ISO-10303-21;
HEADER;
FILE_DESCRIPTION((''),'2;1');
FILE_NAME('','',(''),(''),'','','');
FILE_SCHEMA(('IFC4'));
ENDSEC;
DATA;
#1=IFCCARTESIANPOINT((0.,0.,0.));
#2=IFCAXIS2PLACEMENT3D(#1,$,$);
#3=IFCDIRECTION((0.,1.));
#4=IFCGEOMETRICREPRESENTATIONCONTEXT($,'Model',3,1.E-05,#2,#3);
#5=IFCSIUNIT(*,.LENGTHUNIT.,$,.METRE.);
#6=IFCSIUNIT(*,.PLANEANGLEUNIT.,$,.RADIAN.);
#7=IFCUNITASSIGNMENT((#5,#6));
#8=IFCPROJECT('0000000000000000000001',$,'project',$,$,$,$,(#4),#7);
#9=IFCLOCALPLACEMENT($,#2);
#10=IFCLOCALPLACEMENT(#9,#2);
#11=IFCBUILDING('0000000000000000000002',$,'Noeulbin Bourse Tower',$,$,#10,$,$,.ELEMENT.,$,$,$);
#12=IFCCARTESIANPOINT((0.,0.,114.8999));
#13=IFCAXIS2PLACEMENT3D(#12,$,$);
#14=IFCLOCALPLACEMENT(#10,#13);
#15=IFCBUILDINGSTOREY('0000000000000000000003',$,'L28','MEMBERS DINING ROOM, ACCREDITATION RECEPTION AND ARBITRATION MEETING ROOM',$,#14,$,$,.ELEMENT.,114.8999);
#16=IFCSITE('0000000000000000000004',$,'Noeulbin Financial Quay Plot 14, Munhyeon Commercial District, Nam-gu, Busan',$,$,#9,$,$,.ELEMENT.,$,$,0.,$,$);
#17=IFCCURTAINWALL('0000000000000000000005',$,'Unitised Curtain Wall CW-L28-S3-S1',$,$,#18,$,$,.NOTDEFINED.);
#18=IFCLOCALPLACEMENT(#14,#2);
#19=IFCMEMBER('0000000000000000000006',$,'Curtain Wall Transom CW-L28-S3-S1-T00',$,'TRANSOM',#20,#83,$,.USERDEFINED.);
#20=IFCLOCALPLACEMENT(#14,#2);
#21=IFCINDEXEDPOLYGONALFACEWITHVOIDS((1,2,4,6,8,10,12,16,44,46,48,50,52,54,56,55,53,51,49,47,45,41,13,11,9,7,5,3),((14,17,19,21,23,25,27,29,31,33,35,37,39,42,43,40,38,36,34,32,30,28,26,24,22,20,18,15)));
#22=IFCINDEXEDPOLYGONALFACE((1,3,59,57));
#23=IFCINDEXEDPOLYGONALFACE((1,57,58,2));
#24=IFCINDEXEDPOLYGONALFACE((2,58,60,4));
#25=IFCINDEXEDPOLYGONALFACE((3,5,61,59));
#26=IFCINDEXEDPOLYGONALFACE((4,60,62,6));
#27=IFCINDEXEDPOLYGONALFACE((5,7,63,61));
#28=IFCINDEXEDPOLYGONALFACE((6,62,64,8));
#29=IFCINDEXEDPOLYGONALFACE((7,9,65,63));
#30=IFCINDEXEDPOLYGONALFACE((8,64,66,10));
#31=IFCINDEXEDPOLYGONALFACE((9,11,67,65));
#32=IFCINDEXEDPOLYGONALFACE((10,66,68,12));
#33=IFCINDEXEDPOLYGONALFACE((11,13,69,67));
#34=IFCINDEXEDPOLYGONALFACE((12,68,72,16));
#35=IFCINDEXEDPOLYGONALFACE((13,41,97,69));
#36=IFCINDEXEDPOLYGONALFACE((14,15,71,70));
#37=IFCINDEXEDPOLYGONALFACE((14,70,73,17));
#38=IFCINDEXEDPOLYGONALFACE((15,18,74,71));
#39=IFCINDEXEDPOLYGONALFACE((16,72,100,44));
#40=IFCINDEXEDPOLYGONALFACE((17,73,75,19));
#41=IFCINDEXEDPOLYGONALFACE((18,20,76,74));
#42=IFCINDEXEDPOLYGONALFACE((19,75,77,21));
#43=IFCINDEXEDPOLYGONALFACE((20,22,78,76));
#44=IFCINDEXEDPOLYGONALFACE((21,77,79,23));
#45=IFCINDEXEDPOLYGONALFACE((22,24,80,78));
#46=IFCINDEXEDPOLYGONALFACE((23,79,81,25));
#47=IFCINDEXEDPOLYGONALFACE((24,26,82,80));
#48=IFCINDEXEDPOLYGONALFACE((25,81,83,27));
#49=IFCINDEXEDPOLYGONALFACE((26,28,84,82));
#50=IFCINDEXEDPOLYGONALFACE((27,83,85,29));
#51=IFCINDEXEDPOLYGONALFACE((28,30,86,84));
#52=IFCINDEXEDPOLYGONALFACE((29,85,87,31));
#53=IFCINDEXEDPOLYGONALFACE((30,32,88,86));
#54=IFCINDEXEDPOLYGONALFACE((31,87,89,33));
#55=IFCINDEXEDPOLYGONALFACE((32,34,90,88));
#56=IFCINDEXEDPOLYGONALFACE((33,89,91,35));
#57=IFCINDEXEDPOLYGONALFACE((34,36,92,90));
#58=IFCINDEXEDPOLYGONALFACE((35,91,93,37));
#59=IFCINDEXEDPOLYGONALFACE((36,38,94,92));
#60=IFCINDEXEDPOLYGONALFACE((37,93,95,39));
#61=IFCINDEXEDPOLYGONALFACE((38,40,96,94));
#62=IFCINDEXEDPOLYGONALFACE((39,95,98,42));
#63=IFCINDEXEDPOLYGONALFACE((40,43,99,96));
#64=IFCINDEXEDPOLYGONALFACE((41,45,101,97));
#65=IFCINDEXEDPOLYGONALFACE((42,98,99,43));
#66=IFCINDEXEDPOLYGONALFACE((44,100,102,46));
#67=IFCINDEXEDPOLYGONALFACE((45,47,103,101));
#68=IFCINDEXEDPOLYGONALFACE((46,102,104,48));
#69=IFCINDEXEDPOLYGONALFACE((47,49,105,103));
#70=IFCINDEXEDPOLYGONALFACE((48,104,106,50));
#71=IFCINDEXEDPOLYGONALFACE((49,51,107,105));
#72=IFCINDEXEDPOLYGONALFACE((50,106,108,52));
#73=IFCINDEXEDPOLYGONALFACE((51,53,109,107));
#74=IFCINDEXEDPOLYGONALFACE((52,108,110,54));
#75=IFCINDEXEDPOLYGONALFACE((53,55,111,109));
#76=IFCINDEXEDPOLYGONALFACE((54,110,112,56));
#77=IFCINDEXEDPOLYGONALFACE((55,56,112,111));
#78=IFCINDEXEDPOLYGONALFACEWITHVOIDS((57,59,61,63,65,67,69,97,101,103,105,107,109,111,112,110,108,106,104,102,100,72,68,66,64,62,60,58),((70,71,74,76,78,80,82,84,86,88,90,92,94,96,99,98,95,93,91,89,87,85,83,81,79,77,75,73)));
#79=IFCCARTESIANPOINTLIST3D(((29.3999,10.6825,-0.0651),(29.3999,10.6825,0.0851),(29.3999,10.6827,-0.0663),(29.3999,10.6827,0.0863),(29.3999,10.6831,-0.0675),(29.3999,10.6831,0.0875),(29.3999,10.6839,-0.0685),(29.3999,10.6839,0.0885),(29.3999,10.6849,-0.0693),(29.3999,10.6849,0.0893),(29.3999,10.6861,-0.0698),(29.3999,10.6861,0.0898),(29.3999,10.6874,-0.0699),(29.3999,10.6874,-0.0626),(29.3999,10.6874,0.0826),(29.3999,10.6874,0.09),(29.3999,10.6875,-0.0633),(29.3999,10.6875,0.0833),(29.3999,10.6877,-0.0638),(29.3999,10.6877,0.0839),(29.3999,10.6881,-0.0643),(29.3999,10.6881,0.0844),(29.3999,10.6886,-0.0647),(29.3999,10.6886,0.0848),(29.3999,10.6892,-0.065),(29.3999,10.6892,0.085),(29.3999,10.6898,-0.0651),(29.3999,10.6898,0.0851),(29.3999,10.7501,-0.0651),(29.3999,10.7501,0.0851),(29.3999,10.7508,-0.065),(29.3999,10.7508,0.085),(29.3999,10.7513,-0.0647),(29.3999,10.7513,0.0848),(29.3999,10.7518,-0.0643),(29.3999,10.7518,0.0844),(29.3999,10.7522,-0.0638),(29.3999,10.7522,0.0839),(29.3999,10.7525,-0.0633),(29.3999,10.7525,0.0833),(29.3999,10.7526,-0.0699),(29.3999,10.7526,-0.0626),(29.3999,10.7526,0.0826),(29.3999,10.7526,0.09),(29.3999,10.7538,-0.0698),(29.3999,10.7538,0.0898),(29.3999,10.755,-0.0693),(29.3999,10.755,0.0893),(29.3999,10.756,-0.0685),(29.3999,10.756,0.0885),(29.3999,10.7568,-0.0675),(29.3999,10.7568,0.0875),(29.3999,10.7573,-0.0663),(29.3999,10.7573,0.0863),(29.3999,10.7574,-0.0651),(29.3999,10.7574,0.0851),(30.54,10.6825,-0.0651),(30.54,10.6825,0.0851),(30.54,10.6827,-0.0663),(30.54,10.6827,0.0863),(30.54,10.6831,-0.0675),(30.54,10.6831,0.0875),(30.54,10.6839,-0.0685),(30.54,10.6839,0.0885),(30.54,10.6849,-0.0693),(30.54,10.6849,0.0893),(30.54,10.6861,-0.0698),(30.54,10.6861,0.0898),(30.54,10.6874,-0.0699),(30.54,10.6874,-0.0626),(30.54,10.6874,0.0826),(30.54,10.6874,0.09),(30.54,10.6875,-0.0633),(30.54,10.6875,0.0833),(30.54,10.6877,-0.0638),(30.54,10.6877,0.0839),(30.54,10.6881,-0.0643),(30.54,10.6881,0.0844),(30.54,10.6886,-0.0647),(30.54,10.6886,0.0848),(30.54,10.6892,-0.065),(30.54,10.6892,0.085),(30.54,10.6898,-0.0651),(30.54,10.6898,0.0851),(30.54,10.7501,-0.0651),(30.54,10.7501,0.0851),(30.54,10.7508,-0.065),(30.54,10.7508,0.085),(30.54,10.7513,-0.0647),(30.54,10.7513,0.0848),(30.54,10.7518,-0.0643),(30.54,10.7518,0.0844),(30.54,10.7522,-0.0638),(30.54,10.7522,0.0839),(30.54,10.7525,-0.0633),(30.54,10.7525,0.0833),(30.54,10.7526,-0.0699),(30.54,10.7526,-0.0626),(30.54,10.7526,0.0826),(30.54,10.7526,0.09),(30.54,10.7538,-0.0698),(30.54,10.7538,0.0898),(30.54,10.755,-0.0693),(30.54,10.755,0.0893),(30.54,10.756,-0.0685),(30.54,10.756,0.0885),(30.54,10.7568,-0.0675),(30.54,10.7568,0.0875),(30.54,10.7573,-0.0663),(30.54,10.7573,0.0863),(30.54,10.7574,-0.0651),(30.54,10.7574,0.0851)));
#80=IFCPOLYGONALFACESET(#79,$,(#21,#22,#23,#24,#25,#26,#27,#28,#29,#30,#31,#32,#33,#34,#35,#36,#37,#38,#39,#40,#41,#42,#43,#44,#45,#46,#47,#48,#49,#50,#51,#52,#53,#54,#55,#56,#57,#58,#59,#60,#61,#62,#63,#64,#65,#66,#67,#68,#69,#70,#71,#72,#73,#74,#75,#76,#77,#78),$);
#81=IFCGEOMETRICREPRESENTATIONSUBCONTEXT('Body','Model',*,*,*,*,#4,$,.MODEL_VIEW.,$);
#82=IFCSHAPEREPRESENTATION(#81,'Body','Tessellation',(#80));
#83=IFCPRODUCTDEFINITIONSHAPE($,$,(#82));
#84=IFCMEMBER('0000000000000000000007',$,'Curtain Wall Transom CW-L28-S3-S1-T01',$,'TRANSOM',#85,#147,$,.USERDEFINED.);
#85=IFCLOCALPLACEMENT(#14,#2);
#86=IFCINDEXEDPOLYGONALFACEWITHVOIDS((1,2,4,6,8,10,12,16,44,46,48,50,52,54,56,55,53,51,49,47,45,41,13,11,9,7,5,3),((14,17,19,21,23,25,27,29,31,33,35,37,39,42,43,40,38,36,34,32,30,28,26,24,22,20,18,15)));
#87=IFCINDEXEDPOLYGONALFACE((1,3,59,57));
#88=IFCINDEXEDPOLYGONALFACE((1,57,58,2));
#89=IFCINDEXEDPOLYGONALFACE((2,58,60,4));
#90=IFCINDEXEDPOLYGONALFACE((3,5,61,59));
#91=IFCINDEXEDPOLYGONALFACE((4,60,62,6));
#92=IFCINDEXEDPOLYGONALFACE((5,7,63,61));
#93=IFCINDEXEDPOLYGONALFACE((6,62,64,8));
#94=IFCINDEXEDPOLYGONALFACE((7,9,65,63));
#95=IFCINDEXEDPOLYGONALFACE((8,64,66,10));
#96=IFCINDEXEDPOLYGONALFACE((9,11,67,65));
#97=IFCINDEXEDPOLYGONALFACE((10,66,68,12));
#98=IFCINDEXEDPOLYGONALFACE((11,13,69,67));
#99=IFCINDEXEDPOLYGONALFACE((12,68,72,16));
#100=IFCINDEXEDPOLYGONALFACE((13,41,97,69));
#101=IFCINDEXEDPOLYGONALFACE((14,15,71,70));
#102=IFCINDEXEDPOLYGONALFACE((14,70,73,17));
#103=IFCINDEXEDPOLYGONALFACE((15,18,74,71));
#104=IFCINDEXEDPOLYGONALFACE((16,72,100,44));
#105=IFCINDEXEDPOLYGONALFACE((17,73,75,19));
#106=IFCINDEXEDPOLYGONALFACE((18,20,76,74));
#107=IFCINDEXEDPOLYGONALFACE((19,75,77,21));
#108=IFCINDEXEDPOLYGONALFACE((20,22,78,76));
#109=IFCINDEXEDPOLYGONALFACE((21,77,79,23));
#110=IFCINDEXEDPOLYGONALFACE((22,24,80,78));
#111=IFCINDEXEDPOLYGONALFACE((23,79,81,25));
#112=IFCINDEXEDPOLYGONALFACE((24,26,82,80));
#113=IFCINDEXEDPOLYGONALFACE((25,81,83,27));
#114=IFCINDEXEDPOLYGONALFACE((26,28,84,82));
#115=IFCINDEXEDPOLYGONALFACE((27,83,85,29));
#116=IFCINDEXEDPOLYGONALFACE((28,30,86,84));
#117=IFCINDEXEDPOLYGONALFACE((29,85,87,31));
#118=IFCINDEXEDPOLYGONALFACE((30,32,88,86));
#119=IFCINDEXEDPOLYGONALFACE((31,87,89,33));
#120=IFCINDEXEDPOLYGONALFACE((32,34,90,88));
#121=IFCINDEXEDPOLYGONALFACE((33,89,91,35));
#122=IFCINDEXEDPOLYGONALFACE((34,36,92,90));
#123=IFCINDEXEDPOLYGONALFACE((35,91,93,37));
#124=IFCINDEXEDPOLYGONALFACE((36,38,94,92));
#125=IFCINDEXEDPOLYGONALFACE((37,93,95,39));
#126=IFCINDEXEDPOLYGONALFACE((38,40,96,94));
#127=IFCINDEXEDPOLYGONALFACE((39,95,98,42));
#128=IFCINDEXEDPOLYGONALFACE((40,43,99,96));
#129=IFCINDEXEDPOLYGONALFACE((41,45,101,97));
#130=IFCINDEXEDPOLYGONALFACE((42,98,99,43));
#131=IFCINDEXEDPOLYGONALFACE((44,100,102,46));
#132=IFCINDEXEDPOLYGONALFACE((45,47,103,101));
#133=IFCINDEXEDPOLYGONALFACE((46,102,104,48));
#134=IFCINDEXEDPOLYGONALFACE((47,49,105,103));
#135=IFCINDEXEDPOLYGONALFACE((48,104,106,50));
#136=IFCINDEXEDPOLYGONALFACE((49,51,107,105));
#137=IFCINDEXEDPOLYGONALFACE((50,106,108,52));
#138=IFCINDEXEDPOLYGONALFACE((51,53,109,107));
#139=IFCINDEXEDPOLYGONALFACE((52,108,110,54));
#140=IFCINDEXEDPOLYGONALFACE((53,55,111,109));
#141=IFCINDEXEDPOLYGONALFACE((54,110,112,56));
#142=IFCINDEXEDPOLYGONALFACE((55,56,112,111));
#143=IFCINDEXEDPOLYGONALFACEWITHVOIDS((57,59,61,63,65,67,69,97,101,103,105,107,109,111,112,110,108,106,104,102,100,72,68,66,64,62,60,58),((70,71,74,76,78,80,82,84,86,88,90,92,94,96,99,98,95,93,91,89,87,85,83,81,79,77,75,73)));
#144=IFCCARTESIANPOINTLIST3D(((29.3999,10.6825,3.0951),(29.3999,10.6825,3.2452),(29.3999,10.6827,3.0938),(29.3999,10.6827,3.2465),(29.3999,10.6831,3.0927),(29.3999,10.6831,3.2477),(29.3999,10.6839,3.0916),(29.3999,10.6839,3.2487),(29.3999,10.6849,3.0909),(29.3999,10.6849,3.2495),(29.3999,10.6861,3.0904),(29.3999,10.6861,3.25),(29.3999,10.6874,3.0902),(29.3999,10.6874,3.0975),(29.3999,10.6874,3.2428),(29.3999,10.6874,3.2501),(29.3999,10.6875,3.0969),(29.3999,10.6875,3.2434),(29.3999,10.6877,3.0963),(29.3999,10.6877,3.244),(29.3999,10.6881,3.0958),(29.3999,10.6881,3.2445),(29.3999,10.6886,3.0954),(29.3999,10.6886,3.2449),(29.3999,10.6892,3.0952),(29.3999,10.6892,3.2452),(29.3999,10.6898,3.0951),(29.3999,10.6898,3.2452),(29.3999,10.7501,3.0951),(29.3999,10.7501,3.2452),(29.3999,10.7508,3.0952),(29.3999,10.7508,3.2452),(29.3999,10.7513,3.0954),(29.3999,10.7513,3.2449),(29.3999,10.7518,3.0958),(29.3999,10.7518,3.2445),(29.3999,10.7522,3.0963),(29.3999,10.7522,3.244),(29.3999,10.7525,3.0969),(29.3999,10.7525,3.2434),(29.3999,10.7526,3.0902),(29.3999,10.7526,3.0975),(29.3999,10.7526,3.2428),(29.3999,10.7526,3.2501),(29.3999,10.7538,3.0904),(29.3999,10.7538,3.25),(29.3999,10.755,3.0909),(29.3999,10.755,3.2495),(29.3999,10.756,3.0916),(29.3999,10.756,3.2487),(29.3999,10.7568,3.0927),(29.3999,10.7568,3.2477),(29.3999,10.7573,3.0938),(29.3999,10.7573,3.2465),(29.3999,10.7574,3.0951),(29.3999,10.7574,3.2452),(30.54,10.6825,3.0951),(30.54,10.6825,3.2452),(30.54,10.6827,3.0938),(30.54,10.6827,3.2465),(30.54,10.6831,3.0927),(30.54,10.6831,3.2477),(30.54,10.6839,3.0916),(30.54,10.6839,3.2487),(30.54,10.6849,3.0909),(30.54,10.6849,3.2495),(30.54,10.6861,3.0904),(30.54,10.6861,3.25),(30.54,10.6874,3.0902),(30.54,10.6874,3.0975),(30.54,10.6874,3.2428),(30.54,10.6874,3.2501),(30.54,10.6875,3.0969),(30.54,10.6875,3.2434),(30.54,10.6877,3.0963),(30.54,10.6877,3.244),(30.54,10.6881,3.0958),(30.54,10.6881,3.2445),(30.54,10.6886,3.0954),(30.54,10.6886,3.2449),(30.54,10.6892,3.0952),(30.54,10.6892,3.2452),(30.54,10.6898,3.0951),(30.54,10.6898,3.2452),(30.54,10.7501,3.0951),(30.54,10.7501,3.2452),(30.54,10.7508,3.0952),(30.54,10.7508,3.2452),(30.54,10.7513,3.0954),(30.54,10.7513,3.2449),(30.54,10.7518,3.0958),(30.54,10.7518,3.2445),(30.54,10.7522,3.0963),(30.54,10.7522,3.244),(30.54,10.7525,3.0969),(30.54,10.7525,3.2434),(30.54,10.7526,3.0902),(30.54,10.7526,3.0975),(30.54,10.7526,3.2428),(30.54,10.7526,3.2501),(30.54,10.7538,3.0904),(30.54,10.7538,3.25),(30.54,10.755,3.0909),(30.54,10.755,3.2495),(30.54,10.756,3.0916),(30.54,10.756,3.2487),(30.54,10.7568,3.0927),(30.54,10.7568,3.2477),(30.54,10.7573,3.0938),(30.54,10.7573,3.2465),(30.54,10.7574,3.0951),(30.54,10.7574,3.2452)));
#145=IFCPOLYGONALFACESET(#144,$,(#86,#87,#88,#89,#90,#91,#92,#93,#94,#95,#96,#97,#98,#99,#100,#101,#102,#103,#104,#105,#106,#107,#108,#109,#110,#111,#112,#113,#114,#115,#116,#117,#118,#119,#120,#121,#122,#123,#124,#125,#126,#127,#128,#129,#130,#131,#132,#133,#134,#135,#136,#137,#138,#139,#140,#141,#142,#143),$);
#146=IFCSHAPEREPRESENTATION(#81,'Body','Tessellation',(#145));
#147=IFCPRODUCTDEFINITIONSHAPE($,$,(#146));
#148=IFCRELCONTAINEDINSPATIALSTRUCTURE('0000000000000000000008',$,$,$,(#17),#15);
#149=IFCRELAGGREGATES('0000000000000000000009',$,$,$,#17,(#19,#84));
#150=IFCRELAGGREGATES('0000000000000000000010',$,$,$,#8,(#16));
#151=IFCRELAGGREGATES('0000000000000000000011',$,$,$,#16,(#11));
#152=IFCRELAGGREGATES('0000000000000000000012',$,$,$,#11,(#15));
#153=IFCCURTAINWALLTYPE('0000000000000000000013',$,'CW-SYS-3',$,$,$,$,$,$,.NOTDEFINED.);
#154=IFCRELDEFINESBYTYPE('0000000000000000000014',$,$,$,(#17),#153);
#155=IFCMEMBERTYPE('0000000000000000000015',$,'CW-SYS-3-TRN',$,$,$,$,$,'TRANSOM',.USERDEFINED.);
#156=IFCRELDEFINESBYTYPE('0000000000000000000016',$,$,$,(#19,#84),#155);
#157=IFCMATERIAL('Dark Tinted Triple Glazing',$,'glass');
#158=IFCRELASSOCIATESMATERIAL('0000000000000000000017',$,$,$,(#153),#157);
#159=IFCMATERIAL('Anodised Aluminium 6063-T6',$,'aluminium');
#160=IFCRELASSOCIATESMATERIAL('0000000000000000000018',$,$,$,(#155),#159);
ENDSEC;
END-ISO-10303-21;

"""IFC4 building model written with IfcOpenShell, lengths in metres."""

from ifc_helpers import new_model, si_unit, direction, frame, origin, origin_2d, place, context, subcontext, project, spatial, hollow_rectangle, extrude, material, material_profile, profile_set, type_object, element, aggregate, save


model = new_model("IFC4")

# Units and contexts
model_context = context("Model", 3, precision=1e-05, world=origin(), true_north=direction((0.0, 1.0)))
body_context = subcontext(model_context, "Body", "Model", "MODEL_VIEW")
ifc_project = project(units=[si_unit("LENGTHUNIT", "METRE"), si_unit("PLANEANGLEUNIT", "RADIAN")], contexts=[model_context])

# Site, building, storey
site_placement = place(None, origin())
site = spatial("IfcSite", under=ifc_project, at=site_placement, Name="Noeulbin Financial Quay Plot 14, Munhyeon Commercial District, Nam-gu, Busan", CompositionType="ELEMENT", RefElevation=0.0)
building_placement = place(site_placement, origin())
building = spatial("IfcBuilding", under=site, at=building_placement, Name="Noeulbin Bourse Tower", CompositionType="ELEMENT")
storey_placement = place(building_placement, frame((0.0, 0.0, 114.8999)))
storey = spatial("IfcBuildingStorey", under=building, at=storey_placement, Name="L28", Description="MEMBERS DINING ROOM, ACCREDITATION RECEPTION AND ARBITRATION MEETING ROOM", CompositionType="ELEMENT", Elevation=114.8999)

# Curtain wall
ifc_material_1 = material(Name="Dark Tinted Triple Glazing", Category="glass")
curtain_wall_type = type_object("IfcCurtainWallType", Name="CW-SYS-3", PredefinedType="NOTDEFINED", material=ifc_material_1)
curtain_wall_1_placement = place(storey_placement, origin())
curtain_wall_1 = element("IfcCurtainWall", 1, at=curtain_wall_1_placement, inside=storey, type_object=curtain_wall_type, Name="Unitised Curtain Wall CW-L28-S3-S1", PredefinedType="NOTDEFINED")
ifc_material_2 = material(Name="Anodised Aluminium 6063-T6", Category="aluminium")

# Members
ifc_material_profile_1 = material_profile(ifc_material_2, hollow_rectangle(XDim=0.075, YDim=0.1599, WallThickness=0.0049, InnerFilletRadius=0.0024, OuterFilletRadius=0.0049, at=origin_2d()), Name="ALU-TRAN-75x160x5", Category="LoadBearing")
ifc_profile_set_1 = profile_set([ifc_material_profile_1], Name="Anodised Aluminium 6063-T6")
member_type_1 = type_object("IfcMemberType", Name="CW-SYS-3-TRN", ElementType="TRANSOM", PredefinedType="USERDEFINED", material=ifc_profile_set_1)
member_1_placement = place(storey_placement, frame((29.3999, 10.72, 0.01), z_axis=(1.0, 0.0, 0.0), x_axis=(0.0, 1.0, 0.0)))
member_1 = element("IfcMember", 2, at=member_1_placement, type_object=member_type_1, Name="Curtain Wall Transom CW-L28-S3-S1-T00", ObjectType="TRANSOM", PredefinedType="USERDEFINED", context=body_context, shape_type="SweptSolid", body=[
    extrude(hollow_rectangle(XDim=0.075, YDim=0.1599, WallThickness=0.0049, InnerFilletRadius=0.0024, OuterFilletRadius=0.0049, at=origin_2d()), origin(), (0.0, 0.0, 1.0), 1.1401),
])
member_2_placement = place(storey_placement, frame((29.3999, 10.72, 3.1702), z_axis=(1.0, 0.0, 0.0), x_axis=(0.0, 1.0, 0.0)))
member_2 = element("IfcMember", 3, at=member_2_placement, type_object=member_type_1, Name="Curtain Wall Transom CW-L28-S3-S1-T01", ObjectType="TRANSOM", PredefinedType="USERDEFINED", context=body_context, shape_type="SweptSolid", body=[
    extrude(hollow_rectangle(XDim=0.075, YDim=0.1599, WallThickness=0.0049, InnerFilletRadius=0.0024, OuterFilletRadius=0.0049, at=origin_2d()), origin(), (0.0, 0.0, 1.0), 1.1401),
])

aggregate(curtain_wall_1, [member_1, member_2])

save(model, "model.ifc")
